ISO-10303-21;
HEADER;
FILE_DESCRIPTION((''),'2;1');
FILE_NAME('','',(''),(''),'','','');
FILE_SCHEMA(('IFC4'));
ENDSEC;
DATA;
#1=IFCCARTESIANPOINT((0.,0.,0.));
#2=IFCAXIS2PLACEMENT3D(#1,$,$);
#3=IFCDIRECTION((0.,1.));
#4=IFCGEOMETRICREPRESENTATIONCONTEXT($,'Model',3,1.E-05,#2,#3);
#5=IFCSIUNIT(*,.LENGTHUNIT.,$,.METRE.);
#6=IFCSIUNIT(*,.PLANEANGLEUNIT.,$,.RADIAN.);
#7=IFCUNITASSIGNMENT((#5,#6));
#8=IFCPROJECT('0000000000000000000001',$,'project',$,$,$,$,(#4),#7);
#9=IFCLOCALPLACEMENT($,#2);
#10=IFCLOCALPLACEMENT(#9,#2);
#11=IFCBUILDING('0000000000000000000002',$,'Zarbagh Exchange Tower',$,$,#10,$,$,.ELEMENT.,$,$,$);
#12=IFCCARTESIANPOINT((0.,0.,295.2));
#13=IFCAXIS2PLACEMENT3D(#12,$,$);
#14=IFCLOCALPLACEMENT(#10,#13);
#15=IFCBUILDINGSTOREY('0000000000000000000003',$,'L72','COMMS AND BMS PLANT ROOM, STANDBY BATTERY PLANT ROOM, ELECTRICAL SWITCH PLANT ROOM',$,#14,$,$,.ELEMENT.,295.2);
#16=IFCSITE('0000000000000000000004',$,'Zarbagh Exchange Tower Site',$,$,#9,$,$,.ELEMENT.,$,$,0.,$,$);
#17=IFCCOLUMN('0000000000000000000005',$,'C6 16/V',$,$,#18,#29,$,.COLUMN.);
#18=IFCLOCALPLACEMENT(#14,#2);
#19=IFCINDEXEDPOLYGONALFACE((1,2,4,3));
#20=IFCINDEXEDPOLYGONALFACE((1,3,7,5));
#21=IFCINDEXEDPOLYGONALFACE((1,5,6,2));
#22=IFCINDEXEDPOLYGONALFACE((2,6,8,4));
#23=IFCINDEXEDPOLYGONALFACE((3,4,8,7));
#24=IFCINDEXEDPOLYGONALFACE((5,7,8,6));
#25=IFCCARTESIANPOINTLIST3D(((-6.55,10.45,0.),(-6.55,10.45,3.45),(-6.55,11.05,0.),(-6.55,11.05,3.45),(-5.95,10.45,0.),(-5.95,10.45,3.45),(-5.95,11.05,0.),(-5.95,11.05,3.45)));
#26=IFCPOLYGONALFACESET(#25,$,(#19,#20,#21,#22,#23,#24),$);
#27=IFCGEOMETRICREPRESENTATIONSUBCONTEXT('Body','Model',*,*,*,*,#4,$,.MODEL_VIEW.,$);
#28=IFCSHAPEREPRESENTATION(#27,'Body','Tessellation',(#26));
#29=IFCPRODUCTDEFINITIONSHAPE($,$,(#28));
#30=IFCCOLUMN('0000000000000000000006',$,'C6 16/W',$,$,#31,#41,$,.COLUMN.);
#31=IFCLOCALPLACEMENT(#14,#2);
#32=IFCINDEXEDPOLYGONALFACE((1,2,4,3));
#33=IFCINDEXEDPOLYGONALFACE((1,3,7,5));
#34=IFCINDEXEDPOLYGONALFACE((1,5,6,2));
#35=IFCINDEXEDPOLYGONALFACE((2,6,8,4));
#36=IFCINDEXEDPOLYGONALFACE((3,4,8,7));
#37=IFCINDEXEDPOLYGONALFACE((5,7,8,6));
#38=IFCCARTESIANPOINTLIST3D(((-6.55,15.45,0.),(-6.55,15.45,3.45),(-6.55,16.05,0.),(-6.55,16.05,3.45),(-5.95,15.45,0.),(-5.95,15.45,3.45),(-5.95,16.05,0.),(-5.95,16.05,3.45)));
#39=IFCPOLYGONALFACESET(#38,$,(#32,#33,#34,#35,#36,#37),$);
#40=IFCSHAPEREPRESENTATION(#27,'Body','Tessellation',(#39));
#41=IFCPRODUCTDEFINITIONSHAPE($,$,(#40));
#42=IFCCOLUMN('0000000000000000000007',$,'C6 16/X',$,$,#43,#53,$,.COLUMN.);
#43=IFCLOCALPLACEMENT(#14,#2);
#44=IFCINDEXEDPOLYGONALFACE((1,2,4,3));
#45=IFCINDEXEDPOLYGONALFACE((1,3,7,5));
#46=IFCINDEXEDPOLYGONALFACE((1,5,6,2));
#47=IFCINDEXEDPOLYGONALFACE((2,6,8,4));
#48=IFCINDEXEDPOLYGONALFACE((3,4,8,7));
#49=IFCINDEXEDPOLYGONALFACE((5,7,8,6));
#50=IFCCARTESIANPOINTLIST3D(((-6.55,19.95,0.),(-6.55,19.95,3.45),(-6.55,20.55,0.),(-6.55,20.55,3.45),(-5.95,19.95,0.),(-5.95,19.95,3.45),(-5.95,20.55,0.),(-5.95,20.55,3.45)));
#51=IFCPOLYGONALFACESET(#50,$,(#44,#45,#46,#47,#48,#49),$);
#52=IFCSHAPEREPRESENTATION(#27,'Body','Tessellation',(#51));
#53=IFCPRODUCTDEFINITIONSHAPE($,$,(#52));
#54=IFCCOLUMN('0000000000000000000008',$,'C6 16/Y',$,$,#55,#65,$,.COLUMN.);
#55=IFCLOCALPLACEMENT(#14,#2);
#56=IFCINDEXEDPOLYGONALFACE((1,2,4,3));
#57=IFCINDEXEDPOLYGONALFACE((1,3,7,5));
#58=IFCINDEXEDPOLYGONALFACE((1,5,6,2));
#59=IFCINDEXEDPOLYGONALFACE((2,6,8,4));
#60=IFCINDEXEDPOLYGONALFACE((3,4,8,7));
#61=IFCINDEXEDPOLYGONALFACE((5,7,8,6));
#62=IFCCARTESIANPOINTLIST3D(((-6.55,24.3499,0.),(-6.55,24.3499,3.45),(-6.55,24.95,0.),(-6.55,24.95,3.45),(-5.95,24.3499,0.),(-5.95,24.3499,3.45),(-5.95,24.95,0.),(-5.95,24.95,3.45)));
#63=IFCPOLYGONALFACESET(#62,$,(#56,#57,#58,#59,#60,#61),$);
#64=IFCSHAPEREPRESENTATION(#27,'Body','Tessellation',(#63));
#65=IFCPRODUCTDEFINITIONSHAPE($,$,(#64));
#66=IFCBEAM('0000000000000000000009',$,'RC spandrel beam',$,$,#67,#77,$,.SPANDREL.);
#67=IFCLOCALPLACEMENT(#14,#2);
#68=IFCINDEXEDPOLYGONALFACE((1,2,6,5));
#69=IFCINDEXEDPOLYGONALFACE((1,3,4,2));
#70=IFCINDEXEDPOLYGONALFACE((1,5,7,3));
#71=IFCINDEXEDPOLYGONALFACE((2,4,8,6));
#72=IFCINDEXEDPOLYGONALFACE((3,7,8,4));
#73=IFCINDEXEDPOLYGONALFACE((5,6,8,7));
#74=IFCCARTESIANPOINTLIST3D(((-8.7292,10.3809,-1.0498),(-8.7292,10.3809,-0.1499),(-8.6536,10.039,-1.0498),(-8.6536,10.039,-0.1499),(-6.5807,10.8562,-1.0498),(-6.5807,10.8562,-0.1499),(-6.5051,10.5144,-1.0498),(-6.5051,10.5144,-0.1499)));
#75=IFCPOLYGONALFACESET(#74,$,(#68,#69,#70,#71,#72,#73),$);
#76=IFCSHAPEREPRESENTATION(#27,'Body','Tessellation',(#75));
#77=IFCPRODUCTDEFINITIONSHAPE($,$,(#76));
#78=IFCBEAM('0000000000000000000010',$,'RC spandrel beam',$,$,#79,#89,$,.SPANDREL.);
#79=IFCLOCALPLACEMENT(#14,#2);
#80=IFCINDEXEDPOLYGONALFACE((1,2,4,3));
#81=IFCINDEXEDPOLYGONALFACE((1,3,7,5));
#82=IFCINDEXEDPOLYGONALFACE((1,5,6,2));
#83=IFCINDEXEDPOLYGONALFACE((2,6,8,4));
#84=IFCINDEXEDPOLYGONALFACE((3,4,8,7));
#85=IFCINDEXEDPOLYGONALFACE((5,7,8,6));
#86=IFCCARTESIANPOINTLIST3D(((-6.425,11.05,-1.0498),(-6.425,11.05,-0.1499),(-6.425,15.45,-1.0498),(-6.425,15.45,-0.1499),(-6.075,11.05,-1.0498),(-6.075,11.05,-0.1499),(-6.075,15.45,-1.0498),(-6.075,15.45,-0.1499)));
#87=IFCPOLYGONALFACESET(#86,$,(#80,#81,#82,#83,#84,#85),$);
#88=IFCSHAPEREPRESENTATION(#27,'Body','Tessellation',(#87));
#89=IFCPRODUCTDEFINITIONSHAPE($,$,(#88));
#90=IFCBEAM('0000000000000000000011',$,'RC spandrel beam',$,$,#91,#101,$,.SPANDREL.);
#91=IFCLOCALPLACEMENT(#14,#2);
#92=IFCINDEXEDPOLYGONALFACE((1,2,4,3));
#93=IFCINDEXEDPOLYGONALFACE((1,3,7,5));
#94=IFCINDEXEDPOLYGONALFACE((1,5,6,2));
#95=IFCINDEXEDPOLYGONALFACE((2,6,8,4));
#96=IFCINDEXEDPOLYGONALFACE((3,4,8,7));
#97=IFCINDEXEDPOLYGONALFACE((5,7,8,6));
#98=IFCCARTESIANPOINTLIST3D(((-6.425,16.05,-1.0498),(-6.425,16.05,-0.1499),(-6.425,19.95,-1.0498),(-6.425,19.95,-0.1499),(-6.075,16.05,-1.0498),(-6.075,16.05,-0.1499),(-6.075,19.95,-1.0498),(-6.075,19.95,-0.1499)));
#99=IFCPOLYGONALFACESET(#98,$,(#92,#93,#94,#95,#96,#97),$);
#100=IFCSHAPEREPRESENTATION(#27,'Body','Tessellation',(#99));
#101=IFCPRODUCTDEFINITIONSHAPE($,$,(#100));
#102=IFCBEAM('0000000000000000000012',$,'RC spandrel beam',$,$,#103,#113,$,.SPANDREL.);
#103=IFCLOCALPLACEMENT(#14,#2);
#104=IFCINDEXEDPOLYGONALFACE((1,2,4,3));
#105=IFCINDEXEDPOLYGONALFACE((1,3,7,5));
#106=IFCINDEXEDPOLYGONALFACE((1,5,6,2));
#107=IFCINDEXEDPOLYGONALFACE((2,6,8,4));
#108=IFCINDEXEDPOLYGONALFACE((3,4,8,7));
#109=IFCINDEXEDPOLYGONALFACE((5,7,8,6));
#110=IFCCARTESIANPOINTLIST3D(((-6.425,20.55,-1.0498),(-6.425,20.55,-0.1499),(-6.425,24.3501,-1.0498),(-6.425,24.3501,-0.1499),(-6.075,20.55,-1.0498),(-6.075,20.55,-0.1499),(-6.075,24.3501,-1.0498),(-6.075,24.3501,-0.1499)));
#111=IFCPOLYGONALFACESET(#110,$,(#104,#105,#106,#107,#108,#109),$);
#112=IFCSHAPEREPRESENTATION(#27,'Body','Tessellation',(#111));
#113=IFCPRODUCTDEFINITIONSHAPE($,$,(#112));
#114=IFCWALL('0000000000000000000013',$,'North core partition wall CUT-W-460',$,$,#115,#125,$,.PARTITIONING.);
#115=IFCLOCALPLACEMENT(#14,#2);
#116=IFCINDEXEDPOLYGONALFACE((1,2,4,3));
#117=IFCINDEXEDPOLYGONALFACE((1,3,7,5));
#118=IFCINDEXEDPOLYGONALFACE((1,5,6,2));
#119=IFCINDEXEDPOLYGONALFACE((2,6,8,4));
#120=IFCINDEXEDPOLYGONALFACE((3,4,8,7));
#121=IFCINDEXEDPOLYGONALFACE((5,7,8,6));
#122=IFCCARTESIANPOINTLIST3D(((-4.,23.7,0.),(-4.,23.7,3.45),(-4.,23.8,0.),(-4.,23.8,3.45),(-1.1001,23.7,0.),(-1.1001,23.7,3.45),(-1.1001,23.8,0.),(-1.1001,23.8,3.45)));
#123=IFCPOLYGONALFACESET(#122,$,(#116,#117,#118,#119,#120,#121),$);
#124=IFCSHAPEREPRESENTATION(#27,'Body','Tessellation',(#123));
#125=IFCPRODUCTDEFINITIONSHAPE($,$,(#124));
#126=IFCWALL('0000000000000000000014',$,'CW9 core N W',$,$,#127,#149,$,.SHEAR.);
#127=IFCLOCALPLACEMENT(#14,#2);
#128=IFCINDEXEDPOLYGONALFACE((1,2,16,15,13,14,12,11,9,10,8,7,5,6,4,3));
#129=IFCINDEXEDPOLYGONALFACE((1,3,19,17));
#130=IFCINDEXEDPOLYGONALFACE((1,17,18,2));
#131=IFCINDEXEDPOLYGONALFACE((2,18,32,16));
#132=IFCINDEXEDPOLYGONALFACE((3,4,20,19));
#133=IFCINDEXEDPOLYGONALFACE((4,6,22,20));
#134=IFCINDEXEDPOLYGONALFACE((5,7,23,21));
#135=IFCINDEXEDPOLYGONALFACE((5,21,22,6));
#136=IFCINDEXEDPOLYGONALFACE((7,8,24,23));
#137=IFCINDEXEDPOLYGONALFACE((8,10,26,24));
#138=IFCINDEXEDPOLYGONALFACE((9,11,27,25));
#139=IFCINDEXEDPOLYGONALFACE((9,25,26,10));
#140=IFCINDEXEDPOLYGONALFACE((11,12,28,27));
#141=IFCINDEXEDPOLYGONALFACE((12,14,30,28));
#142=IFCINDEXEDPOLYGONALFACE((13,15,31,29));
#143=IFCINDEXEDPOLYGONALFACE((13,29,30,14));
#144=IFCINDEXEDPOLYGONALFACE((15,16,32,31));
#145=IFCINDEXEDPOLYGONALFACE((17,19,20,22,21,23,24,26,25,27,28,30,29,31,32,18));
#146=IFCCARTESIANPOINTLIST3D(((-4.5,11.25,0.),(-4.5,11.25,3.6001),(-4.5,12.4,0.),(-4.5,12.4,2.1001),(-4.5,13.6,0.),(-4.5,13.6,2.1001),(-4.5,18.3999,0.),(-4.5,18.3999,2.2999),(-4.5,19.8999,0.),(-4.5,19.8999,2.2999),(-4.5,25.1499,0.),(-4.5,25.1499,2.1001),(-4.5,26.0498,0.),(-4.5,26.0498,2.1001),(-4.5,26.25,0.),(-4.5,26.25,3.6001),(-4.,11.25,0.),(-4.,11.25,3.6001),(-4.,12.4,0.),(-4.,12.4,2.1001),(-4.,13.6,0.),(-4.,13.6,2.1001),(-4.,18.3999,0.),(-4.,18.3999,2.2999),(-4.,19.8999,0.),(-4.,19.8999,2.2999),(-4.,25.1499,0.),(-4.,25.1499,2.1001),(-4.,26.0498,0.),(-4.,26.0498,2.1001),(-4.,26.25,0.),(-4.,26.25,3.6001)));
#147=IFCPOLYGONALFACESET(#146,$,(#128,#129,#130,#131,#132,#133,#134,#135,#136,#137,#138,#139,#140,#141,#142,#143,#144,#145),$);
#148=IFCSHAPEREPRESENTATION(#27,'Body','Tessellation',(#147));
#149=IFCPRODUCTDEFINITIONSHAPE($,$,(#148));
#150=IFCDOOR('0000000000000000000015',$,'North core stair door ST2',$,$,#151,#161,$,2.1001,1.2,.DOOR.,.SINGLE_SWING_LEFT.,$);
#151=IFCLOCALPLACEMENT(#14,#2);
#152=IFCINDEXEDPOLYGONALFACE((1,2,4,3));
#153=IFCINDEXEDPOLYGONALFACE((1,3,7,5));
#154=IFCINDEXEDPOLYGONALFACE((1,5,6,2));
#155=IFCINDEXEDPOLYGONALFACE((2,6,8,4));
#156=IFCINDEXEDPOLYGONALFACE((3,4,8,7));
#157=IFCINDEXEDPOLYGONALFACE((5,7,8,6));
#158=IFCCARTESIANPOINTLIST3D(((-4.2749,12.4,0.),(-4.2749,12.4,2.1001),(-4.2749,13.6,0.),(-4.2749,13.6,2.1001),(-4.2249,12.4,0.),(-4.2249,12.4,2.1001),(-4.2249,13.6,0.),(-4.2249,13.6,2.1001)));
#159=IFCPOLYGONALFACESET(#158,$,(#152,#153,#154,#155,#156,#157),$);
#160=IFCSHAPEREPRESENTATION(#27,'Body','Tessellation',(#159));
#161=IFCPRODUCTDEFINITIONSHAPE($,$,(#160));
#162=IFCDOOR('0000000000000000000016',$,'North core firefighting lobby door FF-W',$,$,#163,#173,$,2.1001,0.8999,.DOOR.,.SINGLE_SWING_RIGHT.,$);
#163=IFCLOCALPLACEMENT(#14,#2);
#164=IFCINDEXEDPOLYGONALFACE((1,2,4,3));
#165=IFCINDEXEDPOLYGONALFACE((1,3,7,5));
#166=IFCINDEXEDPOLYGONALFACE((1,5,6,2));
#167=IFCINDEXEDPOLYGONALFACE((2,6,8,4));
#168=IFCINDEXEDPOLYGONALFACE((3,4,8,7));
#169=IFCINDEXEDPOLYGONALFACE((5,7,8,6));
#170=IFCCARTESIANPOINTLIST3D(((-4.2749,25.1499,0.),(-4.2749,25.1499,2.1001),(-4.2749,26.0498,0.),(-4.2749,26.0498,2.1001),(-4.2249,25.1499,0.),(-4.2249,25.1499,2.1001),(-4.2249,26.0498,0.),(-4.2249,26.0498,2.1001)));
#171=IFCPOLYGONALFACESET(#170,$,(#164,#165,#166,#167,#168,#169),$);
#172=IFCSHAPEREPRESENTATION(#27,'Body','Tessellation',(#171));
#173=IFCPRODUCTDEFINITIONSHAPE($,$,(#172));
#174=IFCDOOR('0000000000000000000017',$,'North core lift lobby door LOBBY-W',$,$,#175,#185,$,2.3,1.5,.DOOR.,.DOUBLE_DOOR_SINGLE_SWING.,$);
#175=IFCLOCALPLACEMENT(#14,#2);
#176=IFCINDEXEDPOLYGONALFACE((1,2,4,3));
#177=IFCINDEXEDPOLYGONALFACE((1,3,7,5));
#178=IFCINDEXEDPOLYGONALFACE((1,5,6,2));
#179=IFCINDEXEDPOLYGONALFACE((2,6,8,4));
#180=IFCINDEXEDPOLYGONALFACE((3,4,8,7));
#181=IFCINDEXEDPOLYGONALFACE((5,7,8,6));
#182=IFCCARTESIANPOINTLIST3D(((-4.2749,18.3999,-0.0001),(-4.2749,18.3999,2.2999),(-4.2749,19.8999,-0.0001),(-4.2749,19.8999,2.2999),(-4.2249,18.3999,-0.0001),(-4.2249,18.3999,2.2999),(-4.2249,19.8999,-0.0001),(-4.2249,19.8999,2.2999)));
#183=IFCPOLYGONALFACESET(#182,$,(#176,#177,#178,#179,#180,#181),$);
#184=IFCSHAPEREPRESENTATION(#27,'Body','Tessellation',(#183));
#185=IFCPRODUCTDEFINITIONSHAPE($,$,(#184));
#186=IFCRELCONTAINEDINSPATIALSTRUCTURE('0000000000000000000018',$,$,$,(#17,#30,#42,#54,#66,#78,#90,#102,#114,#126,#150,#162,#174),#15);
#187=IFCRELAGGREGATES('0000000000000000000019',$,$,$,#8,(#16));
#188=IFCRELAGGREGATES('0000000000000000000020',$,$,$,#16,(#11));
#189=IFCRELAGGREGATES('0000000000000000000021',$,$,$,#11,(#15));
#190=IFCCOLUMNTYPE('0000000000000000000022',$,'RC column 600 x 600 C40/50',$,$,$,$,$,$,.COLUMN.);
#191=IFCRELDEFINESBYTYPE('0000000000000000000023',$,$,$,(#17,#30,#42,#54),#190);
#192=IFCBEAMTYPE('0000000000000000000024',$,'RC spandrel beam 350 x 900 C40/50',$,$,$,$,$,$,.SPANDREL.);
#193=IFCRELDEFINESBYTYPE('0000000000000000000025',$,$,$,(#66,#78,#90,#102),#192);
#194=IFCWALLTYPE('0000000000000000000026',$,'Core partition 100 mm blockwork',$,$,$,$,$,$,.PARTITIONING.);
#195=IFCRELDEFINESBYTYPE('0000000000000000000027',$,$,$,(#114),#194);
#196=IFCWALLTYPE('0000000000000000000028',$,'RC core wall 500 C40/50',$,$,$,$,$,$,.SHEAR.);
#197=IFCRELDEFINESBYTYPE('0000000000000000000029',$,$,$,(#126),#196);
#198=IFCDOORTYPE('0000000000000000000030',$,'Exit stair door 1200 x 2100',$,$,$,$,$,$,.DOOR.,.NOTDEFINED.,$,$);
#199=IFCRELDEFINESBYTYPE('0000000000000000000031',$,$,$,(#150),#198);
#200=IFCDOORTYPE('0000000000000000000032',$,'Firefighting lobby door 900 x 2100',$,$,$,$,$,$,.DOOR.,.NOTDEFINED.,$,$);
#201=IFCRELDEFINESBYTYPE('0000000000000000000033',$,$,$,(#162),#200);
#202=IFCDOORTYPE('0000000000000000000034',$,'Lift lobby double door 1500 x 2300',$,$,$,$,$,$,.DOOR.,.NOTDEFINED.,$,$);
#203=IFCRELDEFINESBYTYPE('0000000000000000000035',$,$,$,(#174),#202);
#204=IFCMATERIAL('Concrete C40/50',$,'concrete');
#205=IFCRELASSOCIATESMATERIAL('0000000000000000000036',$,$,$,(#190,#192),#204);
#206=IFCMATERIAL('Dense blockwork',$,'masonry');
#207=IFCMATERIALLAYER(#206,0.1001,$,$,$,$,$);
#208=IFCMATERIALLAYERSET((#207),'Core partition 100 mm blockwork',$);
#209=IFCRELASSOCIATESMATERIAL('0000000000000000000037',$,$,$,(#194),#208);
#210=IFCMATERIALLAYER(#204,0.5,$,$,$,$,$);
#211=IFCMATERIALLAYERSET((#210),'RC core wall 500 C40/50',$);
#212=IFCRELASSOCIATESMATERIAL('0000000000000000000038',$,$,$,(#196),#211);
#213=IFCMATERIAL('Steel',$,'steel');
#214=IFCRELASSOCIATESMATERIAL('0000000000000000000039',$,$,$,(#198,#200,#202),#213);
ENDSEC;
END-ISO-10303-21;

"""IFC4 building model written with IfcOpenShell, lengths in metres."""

from ifc_helpers import new_model, si_unit, direction, frame, frame_2d, origin, origin_2d, place, context, subcontext, project, spatial, rectangle, extrude, material, layer, layer_set, material_profile, profile_set, type_object, element, fill, save


model = new_model("IFC4")

# Units and contexts
model_context = context("Model", 3, precision=1e-05, world=origin(), true_north=direction((0.0, 1.0)))
body_context = subcontext(model_context, "Body", "Model", "MODEL_VIEW")
ifc_project = project(units=[si_unit("LENGTHUNIT", "METRE"), si_unit("PLANEANGLEUNIT", "RADIAN")], contexts=[model_context])

# Site, building, storey
site_placement = place(None, origin())
site = spatial("IfcSite", under=ifc_project, at=site_placement, Name="Zarbagh Exchange Tower Site", CompositionType="ELEMENT", RefElevation=0.0)
building_placement = place(site_placement, origin())
building = spatial("IfcBuilding", under=site, at=building_placement, Name="Zarbagh Exchange Tower", CompositionType="ELEMENT")
storey_placement = place(building_placement, frame((0.0, 0.0, 295.2)))
storey = spatial("IfcBuildingStorey", under=building, at=storey_placement, Name="L72", Description="COMMS AND BMS PLANT ROOM, STANDBY BATTERY PLANT ROOM, ELECTRICAL SWITCH PLANT ROOM", CompositionType="ELEMENT", Elevation=295.2)

# Columns
ifc_material_1 = material(Name="Concrete C40/50", Category="concrete")
ifc_material_profile_1 = material_profile(ifc_material_1, rectangle(XDim=0.6001, YDim=0.6001, at=origin_2d()), Name="RC column 600 x 600 C40/50")
ifc_profile_set_1 = profile_set([ifc_material_profile_1], Name="Concrete C40/50")
column_type = type_object("IfcColumnType", Name="RC column 600 x 600 C40/50", PredefinedType="COLUMN", material=ifc_profile_set_1)
for number, where, z_axis, x_axis, name in (
    (1, (-6.25, 10.75, 0.0), (0.0, 0.0, 1.0), (1.0, 0.0, 0.0), "C6 16/V"),
    (2, (-6.25, 15.75, 0.0), (0.0, 0.0, 1.0), (1.0, 0.0, 0.0), "C6 16/W"),
    (3, (-6.25, 20.25, 0.0), (0.0, 0.0, 1.0), (1.0, 0.0, 0.0), "C6 16/X"),
    (4, (-6.25, 24.6499, 0.0), (0.0, 0.0, 1.0), (1.0, 0.0, 0.0), "C6 16/Y"),
):
    element("IfcColumn", number, at=place(storey_placement, frame(where, z_axis=z_axis, x_axis=x_axis)), inside=storey, type_object=column_type, Name=name, PredefinedType="COLUMN", context=body_context, shape_type="SweptSolid", body=[
        extrude(rectangle(XDim=0.6001, YDim=0.6001, at=origin_2d()), origin(), (0.0, 0.0, 1.0), 3.45),
    ])

# Beams
ifc_material_profile_2 = material_profile(ifc_material_1, rectangle(XDim=0.3501, YDim=0.8999, at=origin_2d()), Name="RC spandrel beam 350 x 900 C40/50")
ifc_profile_set_2 = profile_set([ifc_material_profile_2], Name="Concrete C40/50")
beam_type = type_object("IfcBeamType", Name="RC spandrel beam 350 x 900 C40/50", PredefinedType="SPANDREL", material=ifc_profile_set_2)
beam_1_placement = place(storey_placement, frame((-8.6914, 10.21, -0.5999), z_axis=(0.976388, 0.216026, 0.0), x_axis=(-0.216026, 0.976388, 0.0)))
element("IfcBeam", 5, at=beam_1_placement, inside=storey, type_object=beam_type, Name="RC spandrel beam", PredefinedType="SPANDREL", context=body_context, shape_type="SweptSolid", body=[
    extrude(rectangle(XDim=0.3501, YDim=0.8999, at=origin_2d()), origin(), (0.0, 0.0, 1.0), 2.2004),
])
beam_2_placement = place(storey_placement, frame((-6.25, 11.05, -0.5999), z_axis=(0.0, 1.0, 0.0), x_axis=(-1.0, 0.0, 0.0)))
element("IfcBeam", 6, at=beam_2_placement, inside=storey, type_object=beam_type, Name="RC spandrel beam", PredefinedType="SPANDREL", context=body_context, shape_type="SweptSolid", body=[
    extrude(rectangle(XDim=0.3501, YDim=0.8999, at=origin_2d()), origin(), (0.0, 0.0, 1.0), 4.3999),
])
beam_3_placement = place(storey_placement, frame((-6.25, 16.05, -0.5999), z_axis=(0.0, 1.0, 0.0), x_axis=(-1.0, 0.0, 0.0)))
element("IfcBeam", 7, at=beam_3_placement, inside=storey, type_object=beam_type, Name="RC spandrel beam", PredefinedType="SPANDREL", context=body_context, shape_type="SweptSolid", body=[
    extrude(rectangle(XDim=0.3501, YDim=0.8999, at=origin_2d()), origin(), (0.0, 0.0, 1.0), 3.8999),
])
beam_4_placement = place(storey_placement, frame((-6.25, 20.55, -0.5999), z_axis=(0.0, 1.0, 0.0), x_axis=(-1.0, 0.0, 0.0)))
element("IfcBeam", 8, at=beam_4_placement, inside=storey, type_object=beam_type, Name="RC spandrel beam", PredefinedType="SPANDREL", context=body_context, shape_type="SweptSolid", body=[
    extrude(rectangle(XDim=0.3501, YDim=0.8999, at=origin_2d()), origin(), (0.0, 0.0, 1.0), 3.8),
])

# Wall
ifc_material_2 = material(Name="Dense blockwork", Category="masonry")
ifc_layer_1 = layer(ifc_material_2, 0.1001)
ifc_layer_set_1 = layer_set([ifc_layer_1], Name="Core partition 100 mm blockwork")
wall_type_1 = type_object("IfcWallType", Name="Core partition 100 mm blockwork", PredefinedType="PARTITIONING", material=ifc_layer_set_1)
wall_1_placement = place(storey_placement, frame((-4.0, 23.75, 0.0), z_axis=(0.0, 0.0, 1.0), x_axis=(1.0, 0.0, 0.0)))
element("IfcWall", 9, at=wall_1_placement, inside=storey, type_object=wall_type_1, Name="North core partition wall CUT-W-460", PredefinedType="PARTITIONING", context=body_context, shape_type="SweptSolid", body=[
    extrude(rectangle(XDim=2.8999, YDim=0.1001, at=frame_2d((1.45, 0.0))), origin(), (0.0, 0.0, 1.0), 3.45),
])

# Wall, openings, doors
ifc_layer_2 = layer(ifc_material_1, 0.5)
ifc_layer_set_2 = layer_set([ifc_layer_2], Name="RC core wall 500 C40/50")
wall_type_2 = type_object("IfcWallType", Name="RC core wall 500 C40/50", PredefinedType="SHEAR", material=ifc_layer_set_2)
wall_2_placement = place(storey_placement, frame((-4.25, 11.25, 0.0), z_axis=(0.0, 0.0, 1.0), x_axis=(0.0, 1.0, 0.0)))
wall_2 = element("IfcWall", 10, at=wall_2_placement, inside=storey, type_object=wall_type_2, Name="CW9 core N W", PredefinedType="SHEAR", context=body_context, shape_type="SweptSolid", body=[
    extrude(rectangle(XDim=15.0, YDim=0.5, at=frame_2d((7.5, 0.0))), origin(), (0.0, 0.0, 1.0), 3.6001),
])
opening_1_placement = place(wall_2_placement, frame((7.1499, 0.0, 0.0)))
opening_1 = element("IfcOpeningElement", 11, at=opening_1_placement, cuts=wall_2, PredefinedType="OPENING", context=body_context, shape_type="SweptSolid", body=[
    extrude(rectangle(XDim=1.5, YDim=2.3, at=frame_2d((0.75, 1.1499))), frame((0.0, 0.26, 0.0), z_axis=(0.0, -1.0, 0.0), x_axis=(1.0, 0.0, 0.0)), (0.0, 0.0, 1.0), 0.52),
])
opening_2_placement = place(wall_2_placement, frame((13.8999, 0.0, 0.0)))
opening_2 = element("IfcOpeningElement", 12, at=opening_2_placement, cuts=wall_2, PredefinedType="OPENING", context=body_context, shape_type="SweptSolid", body=[
    extrude(rectangle(XDim=0.8999, YDim=2.1001, at=frame_2d((0.45, 1.05))), frame((0.0, 0.26, 0.0), z_axis=(0.0, -1.0, 0.0), x_axis=(1.0, 0.0, 0.0)), (0.0, 0.0, 1.0), 0.52),
])
opening_3_placement = place(wall_2_placement, frame((1.1499, 0.0, 0.0)))
opening_3 = element("IfcOpeningElement", 13, at=opening_3_placement, cuts=wall_2, PredefinedType="OPENING", context=body_context, shape_type="SweptSolid", body=[
    extrude(rectangle(XDim=1.2, YDim=2.1001, at=frame_2d((0.6001, 1.05))), frame((0.0, 0.26, 0.0), z_axis=(0.0, -1.0, 0.0), x_axis=(1.0, 0.0, 0.0)), (0.0, 0.0, 1.0), 0.52),
])
ifc_material_3 = material(Name="Steel", Category="steel")
door_type_1 = type_object("IfcDoorType", Name="Exit stair door 1200 x 2100", OperationType="NOTDEFINED", PredefinedType="DOOR", material=ifc_material_3)
door_1_placement = place(opening_3_placement, origin())
door_1 = element("IfcDoor", 14, at=door_1_placement, inside=storey, type_object=door_type_1, Name="North core stair door ST2", OperationType="SINGLE_SWING_LEFT", OverallHeight=2.1001, OverallWidth=1.2, PredefinedType="DOOR", context=body_context, shape_type="SweptSolid", body=[
    extrude(rectangle(XDim=1.2, YDim=2.1001, at=frame_2d((0.6001, 1.05))), frame((0.0, 0.0249, 0.0), z_axis=(0.0, -1.0, 0.0), x_axis=(1.0, 0.0, 0.0)), (0.0, 0.0, 1.0), 0.05),
])
fill(opening_3, door_1)
door_type_2 = type_object("IfcDoorType", Name="Firefighting lobby door 900 x 2100", OperationType="NOTDEFINED", PredefinedType="DOOR", material=ifc_material_3)
door_2_placement = place(opening_2_placement, origin())
door_2 = element("IfcDoor", 15, at=door_2_placement, inside=storey, type_object=door_type_2, Name="North core firefighting lobby door FF-W", OperationType="SINGLE_SWING_RIGHT", OverallHeight=2.1001, OverallWidth=0.8999, PredefinedType="DOOR", context=body_context, shape_type="SweptSolid", body=[
    extrude(rectangle(XDim=0.8999, YDim=2.1001, at=frame_2d((0.45, 1.05))), frame((0.0, 0.0249, 0.0), z_axis=(0.0, -1.0, 0.0), x_axis=(1.0, 0.0, 0.0)), (0.0, 0.0, 1.0), 0.05),
])
fill(opening_2, door_2)
door_type_3 = type_object("IfcDoorType", Name="Lift lobby double door 1500 x 2300", OperationType="NOTDEFINED", PredefinedType="DOOR", material=ifc_material_3)
door_3_placement = place(opening_1_placement, origin())
door_3 = element("IfcDoor", 16, at=door_3_placement, inside=storey, type_object=door_type_3, Name="North core lift lobby door LOBBY-W", OperationType="DOUBLE_DOOR_SINGLE_SWING", OverallHeight=2.3, OverallWidth=1.5, PredefinedType="DOOR", context=body_context, shape_type="SweptSolid", body=[
    extrude(rectangle(XDim=1.5, YDim=2.3, at=frame_2d((0.75, 1.1499))), frame((0.0, 0.0249, 0.0), z_axis=(0.0, -1.0, 0.0), x_axis=(1.0, 0.0, 0.0)), (0.0, 0.0, 1.0), 0.05),
])
fill(opening_1, door_3)

save(model, "model.ifc")
